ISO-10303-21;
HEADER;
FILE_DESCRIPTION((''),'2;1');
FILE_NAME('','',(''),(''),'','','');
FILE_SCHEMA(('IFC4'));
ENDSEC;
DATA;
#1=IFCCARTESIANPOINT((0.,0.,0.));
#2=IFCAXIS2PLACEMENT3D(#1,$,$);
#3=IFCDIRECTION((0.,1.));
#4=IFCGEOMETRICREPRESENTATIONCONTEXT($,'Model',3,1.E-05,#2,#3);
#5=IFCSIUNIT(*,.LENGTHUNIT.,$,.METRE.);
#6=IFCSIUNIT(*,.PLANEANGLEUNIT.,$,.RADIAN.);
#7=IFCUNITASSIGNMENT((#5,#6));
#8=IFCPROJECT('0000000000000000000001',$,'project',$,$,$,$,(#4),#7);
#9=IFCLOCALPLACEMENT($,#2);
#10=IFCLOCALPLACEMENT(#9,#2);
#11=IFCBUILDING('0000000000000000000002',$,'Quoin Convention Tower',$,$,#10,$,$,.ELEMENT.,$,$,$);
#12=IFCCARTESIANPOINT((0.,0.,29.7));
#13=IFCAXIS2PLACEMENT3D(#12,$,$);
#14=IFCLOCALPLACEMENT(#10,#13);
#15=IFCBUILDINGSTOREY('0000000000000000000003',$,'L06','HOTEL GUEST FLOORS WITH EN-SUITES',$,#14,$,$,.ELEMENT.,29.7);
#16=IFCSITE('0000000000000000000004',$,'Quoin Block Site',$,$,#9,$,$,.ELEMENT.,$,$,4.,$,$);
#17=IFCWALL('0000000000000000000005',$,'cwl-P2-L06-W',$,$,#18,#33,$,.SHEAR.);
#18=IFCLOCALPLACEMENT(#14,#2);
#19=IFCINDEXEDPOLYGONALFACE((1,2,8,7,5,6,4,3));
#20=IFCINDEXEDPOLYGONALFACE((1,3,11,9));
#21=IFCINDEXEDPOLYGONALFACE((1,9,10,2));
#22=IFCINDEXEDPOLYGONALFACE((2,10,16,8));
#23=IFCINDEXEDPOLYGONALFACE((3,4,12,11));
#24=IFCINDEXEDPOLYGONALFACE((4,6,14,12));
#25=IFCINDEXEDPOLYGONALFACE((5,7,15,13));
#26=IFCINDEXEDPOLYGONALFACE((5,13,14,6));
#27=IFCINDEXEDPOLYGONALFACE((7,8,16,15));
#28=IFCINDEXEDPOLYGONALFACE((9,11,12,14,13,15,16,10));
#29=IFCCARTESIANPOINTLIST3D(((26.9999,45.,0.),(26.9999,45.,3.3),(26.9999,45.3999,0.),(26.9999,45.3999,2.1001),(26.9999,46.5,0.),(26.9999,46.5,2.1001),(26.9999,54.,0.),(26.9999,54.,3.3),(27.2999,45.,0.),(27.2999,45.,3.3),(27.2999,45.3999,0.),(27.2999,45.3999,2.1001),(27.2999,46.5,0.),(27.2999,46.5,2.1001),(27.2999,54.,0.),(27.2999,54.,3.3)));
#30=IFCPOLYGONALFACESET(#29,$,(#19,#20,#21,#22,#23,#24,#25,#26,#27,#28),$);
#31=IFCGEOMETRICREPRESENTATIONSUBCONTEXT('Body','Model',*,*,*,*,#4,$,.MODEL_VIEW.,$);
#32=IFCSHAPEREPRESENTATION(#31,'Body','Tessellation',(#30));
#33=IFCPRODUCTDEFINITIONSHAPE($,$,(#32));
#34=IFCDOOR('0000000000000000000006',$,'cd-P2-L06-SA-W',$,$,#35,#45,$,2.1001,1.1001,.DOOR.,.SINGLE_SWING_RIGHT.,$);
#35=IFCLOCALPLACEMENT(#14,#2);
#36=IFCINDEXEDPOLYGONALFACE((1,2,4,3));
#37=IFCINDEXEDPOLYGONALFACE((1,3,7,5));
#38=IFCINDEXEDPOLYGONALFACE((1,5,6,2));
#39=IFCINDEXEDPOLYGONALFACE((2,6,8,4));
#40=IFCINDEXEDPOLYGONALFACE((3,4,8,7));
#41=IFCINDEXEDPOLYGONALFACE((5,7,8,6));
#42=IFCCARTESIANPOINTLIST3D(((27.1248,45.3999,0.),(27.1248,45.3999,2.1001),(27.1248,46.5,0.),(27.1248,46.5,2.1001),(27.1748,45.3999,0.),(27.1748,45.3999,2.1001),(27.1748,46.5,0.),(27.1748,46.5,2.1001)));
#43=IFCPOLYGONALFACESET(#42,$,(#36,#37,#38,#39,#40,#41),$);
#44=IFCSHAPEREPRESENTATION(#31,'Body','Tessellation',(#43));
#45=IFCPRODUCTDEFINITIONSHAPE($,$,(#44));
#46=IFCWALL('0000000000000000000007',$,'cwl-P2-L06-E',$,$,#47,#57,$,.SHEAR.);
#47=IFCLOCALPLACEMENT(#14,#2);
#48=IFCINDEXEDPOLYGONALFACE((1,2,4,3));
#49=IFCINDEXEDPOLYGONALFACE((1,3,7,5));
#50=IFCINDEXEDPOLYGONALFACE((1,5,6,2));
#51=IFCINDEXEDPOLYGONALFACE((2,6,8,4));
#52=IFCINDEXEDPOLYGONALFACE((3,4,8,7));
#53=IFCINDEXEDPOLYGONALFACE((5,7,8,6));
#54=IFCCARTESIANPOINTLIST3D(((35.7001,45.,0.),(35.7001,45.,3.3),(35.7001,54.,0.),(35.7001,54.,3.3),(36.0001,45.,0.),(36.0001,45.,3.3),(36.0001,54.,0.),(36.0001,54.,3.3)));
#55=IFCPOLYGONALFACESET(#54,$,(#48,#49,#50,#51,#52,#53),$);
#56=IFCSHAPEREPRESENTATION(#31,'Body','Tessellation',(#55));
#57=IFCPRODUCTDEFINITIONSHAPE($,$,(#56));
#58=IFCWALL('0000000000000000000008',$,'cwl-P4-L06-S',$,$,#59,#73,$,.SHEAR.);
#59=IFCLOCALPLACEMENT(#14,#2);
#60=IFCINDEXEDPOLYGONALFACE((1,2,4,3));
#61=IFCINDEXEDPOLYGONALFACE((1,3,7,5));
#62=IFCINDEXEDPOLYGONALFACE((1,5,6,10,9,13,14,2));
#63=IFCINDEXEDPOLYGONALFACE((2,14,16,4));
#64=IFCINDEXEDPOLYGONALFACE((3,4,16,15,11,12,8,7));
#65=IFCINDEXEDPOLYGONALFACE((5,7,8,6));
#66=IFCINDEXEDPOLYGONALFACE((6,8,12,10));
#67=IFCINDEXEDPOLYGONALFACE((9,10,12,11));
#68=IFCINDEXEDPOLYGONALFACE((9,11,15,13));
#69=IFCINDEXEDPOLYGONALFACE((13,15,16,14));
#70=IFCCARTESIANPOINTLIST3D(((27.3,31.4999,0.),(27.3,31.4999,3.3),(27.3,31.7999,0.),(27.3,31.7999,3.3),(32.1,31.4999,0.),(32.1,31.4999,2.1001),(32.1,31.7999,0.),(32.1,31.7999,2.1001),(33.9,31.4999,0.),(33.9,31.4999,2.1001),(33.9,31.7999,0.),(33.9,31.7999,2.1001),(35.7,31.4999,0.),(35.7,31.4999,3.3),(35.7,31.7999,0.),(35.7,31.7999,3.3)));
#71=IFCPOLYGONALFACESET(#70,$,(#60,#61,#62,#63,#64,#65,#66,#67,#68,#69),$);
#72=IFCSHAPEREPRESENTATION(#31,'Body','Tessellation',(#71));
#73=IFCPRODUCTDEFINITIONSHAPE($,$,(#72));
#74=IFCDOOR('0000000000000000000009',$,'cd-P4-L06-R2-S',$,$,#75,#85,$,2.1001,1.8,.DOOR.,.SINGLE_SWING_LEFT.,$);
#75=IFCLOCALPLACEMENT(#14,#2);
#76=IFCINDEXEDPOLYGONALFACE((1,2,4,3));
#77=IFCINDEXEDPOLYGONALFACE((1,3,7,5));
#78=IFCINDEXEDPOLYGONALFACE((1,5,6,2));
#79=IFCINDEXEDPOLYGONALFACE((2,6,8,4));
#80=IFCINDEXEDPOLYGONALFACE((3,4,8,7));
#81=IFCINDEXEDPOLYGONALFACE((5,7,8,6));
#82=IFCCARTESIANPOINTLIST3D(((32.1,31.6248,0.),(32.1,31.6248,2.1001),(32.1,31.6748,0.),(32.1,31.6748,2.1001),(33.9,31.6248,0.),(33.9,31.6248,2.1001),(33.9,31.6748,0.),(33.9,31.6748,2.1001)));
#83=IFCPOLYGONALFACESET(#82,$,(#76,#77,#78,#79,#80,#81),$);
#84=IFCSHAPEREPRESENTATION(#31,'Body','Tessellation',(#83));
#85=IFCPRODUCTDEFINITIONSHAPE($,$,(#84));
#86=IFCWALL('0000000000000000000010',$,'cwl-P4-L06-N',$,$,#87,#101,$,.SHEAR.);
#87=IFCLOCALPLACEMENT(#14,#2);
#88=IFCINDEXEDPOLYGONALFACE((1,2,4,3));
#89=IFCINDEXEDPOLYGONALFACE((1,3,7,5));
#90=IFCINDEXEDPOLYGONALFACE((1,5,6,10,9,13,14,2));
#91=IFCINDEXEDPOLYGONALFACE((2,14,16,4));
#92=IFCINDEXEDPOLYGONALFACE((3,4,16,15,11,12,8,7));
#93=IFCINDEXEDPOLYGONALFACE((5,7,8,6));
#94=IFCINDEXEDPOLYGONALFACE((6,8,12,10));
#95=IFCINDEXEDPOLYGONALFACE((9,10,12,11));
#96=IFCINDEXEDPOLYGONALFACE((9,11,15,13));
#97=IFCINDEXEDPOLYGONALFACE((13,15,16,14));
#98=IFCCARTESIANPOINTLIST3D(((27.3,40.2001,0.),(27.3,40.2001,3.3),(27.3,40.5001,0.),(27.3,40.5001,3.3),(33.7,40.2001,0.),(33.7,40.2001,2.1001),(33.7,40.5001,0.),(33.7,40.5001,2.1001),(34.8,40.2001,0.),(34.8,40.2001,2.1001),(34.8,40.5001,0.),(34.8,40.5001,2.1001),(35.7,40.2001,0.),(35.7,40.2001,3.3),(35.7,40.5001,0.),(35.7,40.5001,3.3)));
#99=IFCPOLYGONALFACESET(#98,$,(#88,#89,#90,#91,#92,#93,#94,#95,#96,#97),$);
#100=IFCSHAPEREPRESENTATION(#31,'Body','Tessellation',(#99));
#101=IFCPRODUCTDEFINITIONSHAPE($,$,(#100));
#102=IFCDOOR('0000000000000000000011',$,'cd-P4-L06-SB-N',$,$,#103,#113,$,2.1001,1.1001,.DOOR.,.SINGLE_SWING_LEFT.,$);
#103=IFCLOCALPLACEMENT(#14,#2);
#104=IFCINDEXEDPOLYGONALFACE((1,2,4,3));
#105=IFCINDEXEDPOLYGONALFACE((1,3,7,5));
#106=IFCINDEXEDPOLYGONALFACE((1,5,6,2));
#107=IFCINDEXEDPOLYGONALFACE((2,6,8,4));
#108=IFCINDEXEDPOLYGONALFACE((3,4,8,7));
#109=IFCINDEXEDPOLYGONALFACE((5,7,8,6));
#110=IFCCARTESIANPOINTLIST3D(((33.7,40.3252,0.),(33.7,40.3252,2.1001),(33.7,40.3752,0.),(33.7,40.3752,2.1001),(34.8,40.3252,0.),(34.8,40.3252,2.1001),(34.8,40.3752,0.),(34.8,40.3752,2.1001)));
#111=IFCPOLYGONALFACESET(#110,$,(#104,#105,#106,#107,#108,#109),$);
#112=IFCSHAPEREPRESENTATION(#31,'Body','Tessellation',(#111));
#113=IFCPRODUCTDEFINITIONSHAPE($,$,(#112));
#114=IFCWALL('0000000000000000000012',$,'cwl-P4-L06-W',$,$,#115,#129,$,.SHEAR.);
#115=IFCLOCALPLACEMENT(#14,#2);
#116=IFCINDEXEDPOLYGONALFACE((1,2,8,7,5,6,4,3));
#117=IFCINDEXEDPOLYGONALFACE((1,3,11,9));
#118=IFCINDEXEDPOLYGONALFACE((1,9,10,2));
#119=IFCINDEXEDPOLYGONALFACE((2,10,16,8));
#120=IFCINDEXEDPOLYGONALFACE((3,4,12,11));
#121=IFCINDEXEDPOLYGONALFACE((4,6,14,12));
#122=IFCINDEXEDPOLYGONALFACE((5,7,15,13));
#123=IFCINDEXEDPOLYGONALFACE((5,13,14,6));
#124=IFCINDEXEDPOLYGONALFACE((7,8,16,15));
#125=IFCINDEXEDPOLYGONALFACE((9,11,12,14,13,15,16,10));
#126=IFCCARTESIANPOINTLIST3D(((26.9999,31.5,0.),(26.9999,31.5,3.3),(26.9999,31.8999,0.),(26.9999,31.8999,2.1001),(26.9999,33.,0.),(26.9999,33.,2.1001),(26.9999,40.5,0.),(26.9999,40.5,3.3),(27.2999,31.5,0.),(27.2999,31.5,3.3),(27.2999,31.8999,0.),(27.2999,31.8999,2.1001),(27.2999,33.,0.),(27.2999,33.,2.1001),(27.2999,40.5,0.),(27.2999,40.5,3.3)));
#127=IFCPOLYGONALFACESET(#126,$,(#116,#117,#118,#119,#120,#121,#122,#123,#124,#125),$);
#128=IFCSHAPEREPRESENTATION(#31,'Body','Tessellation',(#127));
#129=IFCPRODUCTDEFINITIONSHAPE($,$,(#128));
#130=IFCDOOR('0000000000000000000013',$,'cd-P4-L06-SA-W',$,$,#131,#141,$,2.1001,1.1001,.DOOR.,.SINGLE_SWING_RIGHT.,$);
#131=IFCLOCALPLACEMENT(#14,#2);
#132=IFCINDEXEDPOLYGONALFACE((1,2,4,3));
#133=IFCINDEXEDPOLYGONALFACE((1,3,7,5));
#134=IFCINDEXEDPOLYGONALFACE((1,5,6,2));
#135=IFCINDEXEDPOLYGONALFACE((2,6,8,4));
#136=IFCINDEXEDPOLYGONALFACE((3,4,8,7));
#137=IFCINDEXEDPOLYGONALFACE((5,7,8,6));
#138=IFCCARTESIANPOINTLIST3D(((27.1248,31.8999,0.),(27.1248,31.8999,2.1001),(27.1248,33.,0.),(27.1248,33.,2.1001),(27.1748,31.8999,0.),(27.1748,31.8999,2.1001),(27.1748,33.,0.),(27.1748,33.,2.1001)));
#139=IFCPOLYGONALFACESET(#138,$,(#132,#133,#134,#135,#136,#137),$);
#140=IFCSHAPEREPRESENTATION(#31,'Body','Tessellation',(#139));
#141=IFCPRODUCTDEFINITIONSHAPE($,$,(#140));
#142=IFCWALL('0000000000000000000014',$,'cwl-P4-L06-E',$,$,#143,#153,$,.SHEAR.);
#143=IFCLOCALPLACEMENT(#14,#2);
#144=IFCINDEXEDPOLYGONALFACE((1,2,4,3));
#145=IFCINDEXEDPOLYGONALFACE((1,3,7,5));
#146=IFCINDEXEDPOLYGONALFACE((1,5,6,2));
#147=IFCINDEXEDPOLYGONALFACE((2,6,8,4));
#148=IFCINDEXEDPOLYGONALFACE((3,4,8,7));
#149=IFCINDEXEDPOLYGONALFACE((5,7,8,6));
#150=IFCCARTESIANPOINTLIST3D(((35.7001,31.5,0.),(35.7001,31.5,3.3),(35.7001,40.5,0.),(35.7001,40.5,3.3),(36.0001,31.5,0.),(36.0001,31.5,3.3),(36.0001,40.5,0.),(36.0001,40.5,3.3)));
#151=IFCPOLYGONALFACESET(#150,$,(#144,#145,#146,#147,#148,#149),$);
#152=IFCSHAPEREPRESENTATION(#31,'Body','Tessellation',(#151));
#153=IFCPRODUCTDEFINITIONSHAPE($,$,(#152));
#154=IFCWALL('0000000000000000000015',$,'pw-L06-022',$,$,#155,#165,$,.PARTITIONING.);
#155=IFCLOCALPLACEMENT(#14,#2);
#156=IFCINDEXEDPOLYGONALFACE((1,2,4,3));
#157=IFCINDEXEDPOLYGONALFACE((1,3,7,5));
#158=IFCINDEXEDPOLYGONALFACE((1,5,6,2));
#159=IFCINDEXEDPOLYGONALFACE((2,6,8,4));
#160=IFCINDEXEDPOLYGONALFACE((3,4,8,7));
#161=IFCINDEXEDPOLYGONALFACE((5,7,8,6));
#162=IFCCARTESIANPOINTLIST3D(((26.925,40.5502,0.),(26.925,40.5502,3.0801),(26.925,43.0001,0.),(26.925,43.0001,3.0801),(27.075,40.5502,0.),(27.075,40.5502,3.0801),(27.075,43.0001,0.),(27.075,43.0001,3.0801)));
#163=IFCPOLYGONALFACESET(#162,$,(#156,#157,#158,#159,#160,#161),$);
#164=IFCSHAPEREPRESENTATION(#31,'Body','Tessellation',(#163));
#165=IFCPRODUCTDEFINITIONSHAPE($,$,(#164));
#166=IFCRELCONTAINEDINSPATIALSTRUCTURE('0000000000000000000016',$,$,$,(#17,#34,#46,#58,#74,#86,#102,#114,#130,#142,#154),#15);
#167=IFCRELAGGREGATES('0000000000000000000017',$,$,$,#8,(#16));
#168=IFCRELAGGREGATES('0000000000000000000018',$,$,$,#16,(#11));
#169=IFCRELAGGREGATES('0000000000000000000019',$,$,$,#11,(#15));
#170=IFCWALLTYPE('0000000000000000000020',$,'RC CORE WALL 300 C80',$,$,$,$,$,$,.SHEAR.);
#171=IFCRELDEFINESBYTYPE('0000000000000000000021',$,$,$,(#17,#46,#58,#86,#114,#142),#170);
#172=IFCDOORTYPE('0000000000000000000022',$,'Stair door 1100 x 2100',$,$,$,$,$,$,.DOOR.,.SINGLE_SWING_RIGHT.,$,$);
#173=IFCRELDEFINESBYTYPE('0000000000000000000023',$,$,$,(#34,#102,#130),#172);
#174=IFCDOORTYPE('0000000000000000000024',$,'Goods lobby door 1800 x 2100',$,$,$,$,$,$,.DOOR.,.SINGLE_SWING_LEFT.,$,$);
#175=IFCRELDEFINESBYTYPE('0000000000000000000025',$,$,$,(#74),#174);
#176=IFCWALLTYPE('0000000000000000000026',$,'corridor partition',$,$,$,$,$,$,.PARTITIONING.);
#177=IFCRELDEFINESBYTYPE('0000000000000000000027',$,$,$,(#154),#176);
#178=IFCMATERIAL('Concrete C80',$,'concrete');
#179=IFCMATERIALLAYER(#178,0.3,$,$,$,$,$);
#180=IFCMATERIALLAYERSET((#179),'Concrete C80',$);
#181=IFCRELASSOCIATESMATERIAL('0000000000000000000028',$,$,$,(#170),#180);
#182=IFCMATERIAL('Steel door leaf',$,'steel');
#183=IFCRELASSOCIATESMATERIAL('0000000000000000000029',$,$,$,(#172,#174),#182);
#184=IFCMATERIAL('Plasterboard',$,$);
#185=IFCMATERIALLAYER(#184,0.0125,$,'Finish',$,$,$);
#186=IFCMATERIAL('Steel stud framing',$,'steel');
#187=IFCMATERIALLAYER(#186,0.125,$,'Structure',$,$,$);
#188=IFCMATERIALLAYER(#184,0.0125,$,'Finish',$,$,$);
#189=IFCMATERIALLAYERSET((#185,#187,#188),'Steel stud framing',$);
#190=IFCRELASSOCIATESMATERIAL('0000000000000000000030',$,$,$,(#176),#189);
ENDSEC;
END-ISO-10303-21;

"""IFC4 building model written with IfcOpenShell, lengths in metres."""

from ifc_helpers import new_model, si_unit, direction, frame, frame_2d, origin, place, context, subcontext, project, spatial, rectangle, extrude, material, layer, layer_set, type_object, element, fill, save


model = new_model("IFC4")

# Units and contexts
model_context = context("Model", 3, precision=1e-05, world=origin(), true_north=direction((0.0, 1.0)))
body_context = subcontext(model_context, "Body", "Model", "MODEL_VIEW")
ifc_project = project(units=[si_unit("LENGTHUNIT", "METRE"), si_unit("PLANEANGLEUNIT", "RADIAN")], contexts=[model_context])

# Site, building, storey
site_placement = place(None, origin())
site = spatial("IfcSite", under=ifc_project, at=site_placement, Name="Quoin Block Site", CompositionType="ELEMENT", RefElevation=4.0)
building_placement = place(site_placement, origin())
building = spatial("IfcBuilding", under=site, at=building_placement, Name="Quoin Convention Tower", CompositionType="ELEMENT")
storey_placement = place(building_placement, frame((0.0, 0.0, 29.7)))
storey = spatial("IfcBuildingStorey", under=building, at=storey_placement, Name="L06", Description="HOTEL GUEST FLOORS WITH EN-SUITES", CompositionType="ELEMENT", Elevation=29.7)

# Shared definitions
ifc_material_1 = material(Name="Concrete C80", Category="concrete")

# Shared definitions
ifc_material_2 = material(Name="Steel door leaf", Category="steel")

# Wall, opening, door
ifc_layer_1 = layer(ifc_material_1, 0.3)
ifc_layer_set_1 = layer_set([ifc_layer_1], Name="Concrete C80")
wall_type_1 = type_object("IfcWallType", Name="RC CORE WALL 300 C80", PredefinedType="SHEAR", material=ifc_layer_set_1)
wall_1_placement = place(storey_placement, frame((27.1499, 45.0, 0.0), z_axis=(0.0, 0.0, 1.0), x_axis=(0.0, 1.0, 0.0)))
wall_1 = element("IfcWall", 1, at=wall_1_placement, inside=storey, type_object=wall_type_1, Name="cwl-P2-L06-W", PredefinedType="SHEAR", context=body_context, shape_type="SweptSolid", body=[
    extrude(rectangle(XDim=9.0, YDim=0.3, at=frame_2d((4.5, 0.0))), origin(), (0.0, 0.0, 1.0), 3.3),
])
opening_1_placement = place(wall_1_placement, frame((0.3999, 0.0, 0.0)))
opening_1 = element("IfcOpeningElement", 2, at=opening_1_placement, cuts=wall_1, PredefinedType="OPENING", context=body_context, shape_type="SweptSolid", body=[
    extrude(rectangle(XDim=1.1001, YDim=2.1001, at=frame_2d((0.55, 1.05))), frame((0.0, 0.1599, 0.0), z_axis=(0.0, -1.0, 0.0), x_axis=(1.0, 0.0, 0.0)), (0.0, 0.0, 1.0), 0.3201),
])
door_type_1 = type_object("IfcDoorType", Name="Stair door 1100 x 2100", OperationType="SINGLE_SWING_RIGHT", PredefinedType="DOOR", material=ifc_material_2)
door_1_placement = place(opening_1_placement, frame((1.1001, 0.0, 0.0), z_axis=(0.0, 0.0, 1.0), x_axis=(-1.0, 0.0, 0.0)))
door_1 = element("IfcDoor", 3, at=door_1_placement, inside=storey, type_object=door_type_1, Name="cd-P2-L06-SA-W", OperationType="SINGLE_SWING_RIGHT", OverallHeight=2.1001, OverallWidth=1.1001, PredefinedType="DOOR", context=body_context, shape_type="SweptSolid", body=[
    extrude(rectangle(XDim=1.1001, YDim=2.1001, at=frame_2d((0.55, 1.05))), frame((0.0, 0.0249, 0.0), z_axis=(0.0, -1.0, 0.0), x_axis=(1.0, 0.0, 0.0)), (0.0, 0.0, 1.0), 0.05),
])
fill(opening_1, door_1)

# Wall
wall_2_placement = place(storey_placement, frame((35.8501, 45.0, 0.0), z_axis=(0.0, 0.0, 1.0), x_axis=(0.0, 1.0, 0.0)))
element("IfcWall", 4, at=wall_2_placement, inside=storey, type_object=wall_type_1, Name="cwl-P2-L06-E", PredefinedType="SHEAR", context=body_context, shape_type="SweptSolid", body=[
    extrude(rectangle(XDim=9.0, YDim=0.3, at=frame_2d((4.5, 0.0))), origin(), (0.0, 0.0, 1.0), 3.3),
])

# Walls, openings, doors
wall_3_placement = place(storey_placement, frame((27.3, 31.6499, 0.0), z_axis=(0.0, 0.0, 1.0), x_axis=(1.0, 0.0, 0.0)))
wall_3 = element("IfcWall", 5, at=wall_3_placement, inside=storey, type_object=wall_type_1, Name="cwl-P4-L06-S", PredefinedType="SHEAR", context=body_context, shape_type="SweptSolid", body=[
    extrude(rectangle(XDim=8.3999, YDim=0.3, at=frame_2d((4.2, 0.0))), origin(), (0.0, 0.0, 1.0), 3.3),
])
opening_2_placement = place(wall_3_placement, frame((4.8, 0.0, 0.0)))
opening_2 = element("IfcOpeningElement", 6, at=opening_2_placement, cuts=wall_3, PredefinedType="OPENING", context=body_context, shape_type="SweptSolid", body=[
    extrude(rectangle(XDim=1.8, YDim=2.1001, at=frame_2d((0.8999, 1.05))), frame((0.0, 0.1599, 0.0), z_axis=(0.0, -1.0, 0.0), x_axis=(1.0, 0.0, 0.0)), (0.0, 0.0, 1.0), 0.3201),
])
door_type_2 = type_object("IfcDoorType", Name="Goods lobby door 1800 x 2100", OperationType="SINGLE_SWING_LEFT", PredefinedType="DOOR", material=ifc_material_2)
door_2_placement = place(opening_2_placement, origin())
door_2 = element("IfcDoor", 7, at=door_2_placement, inside=storey, type_object=door_type_2, Name="cd-P4-L06-R2-S", OperationType="SINGLE_SWING_LEFT", OverallHeight=2.1001, OverallWidth=1.8, PredefinedType="DOOR", context=body_context, shape_type="SweptSolid", body=[
    extrude(rectangle(XDim=1.8, YDim=2.1001, at=frame_2d((0.8999, 1.05))), frame((0.0, 0.0249, 0.0), z_axis=(0.0, -1.0, 0.0), x_axis=(1.0, 0.0, 0.0)), (0.0, 0.0, 1.0), 0.05),
])
fill(opening_2, door_2)
wall_4_placement = place(storey_placement, frame((27.3, 40.3501, 0.0), z_axis=(0.0, 0.0, 1.0), x_axis=(1.0, 0.0, 0.0)))
wall_4 = element("IfcWall", 8, at=wall_4_placement, inside=storey, type_object=wall_type_1, Name="cwl-P4-L06-N", PredefinedType="SHEAR", context=body_context, shape_type="SweptSolid", body=[
    extrude(rectangle(XDim=8.3999, YDim=0.3, at=frame_2d((4.2, 0.0))), origin(), (0.0, 0.0, 1.0), 3.3),
])
opening_3_placement = place(wall_4_placement, frame((6.3999, 0.0, 0.0)))
opening_3 = element("IfcOpeningElement", 9, at=opening_3_placement, cuts=wall_4, PredefinedType="OPENING", context=body_context, shape_type="SweptSolid", body=[
    extrude(rectangle(XDim=1.1001, YDim=2.1001, at=frame_2d((0.55, 1.05))), frame((0.0, 0.1599, 0.0), z_axis=(0.0, -1.0, 0.0), x_axis=(1.0, 0.0, 0.0)), (0.0, 0.0, 1.0), 0.3201),
])
door_3_placement = place(opening_3_placement, frame((1.1001, 0.0, 0.0), z_axis=(0.0, 0.0, 1.0), x_axis=(-1.0, 0.0, 0.0)))
door_3 = element("IfcDoor", 10, at=door_3_placement, inside=storey, type_object=door_type_1, Name="cd-P4-L06-SB-N", OperationType="SINGLE_SWING_LEFT", OverallHeight=2.1001, OverallWidth=1.1001, PredefinedType="DOOR", context=body_context, shape_type="SweptSolid", body=[
    extrude(rectangle(XDim=1.1001, YDim=2.1001, at=frame_2d((0.55, 1.05))), frame((0.0, 0.0249, 0.0), z_axis=(0.0, -1.0, 0.0), x_axis=(1.0, 0.0, 0.0)), (0.0, 0.0, 1.0), 0.05),
])
fill(opening_3, door_3)
wall_5_placement = place(storey_placement, frame((27.1499, 31.5, 0.0), z_axis=(0.0, 0.0, 1.0), x_axis=(0.0, 1.0, 0.0)))
wall_5 = element("IfcWall", 11, at=wall_5_placement, inside=storey, type_object=wall_type_1, Name="cwl-P4-L06-W", PredefinedType="SHEAR", context=body_context, shape_type="SweptSolid", body=[
    extrude(rectangle(XDim=9.0, YDim=0.3, at=frame_2d((4.5, 0.0))), origin(), (0.0, 0.0, 1.0), 3.3),
])
opening_4_placement = place(wall_5_placement, frame((0.3999, 0.0, 0.0)))
opening_4 = element("IfcOpeningElement", 12, at=opening_4_placement, cuts=wall_5, PredefinedType="OPENING", context=body_context, shape_type="SweptSolid", body=[
    extrude(rectangle(XDim=1.1001, YDim=2.1001, at=frame_2d((0.55, 1.05))), frame((0.0, 0.1599, 0.0), z_axis=(0.0, -1.0, 0.0), x_axis=(1.0, 0.0, 0.0)), (0.0, 0.0, 1.0), 0.3201),
])
door_4_placement = place(opening_4_placement, frame((1.1001, 0.0, 0.0), z_axis=(0.0, 0.0, 1.0), x_axis=(-1.0, 0.0, 0.0)))
door_4 = element("IfcDoor", 13, at=door_4_placement, inside=storey, type_object=door_type_1, Name="cd-P4-L06-SA-W", OperationType="SINGLE_SWING_RIGHT", OverallHeight=2.1001, OverallWidth=1.1001, PredefinedType="DOOR", context=body_context, shape_type="SweptSolid", body=[
    extrude(rectangle(XDim=1.1001, YDim=2.1001, at=frame_2d((0.55, 1.05))), frame((0.0, 0.0249, 0.0), z_axis=(0.0, -1.0, 0.0), x_axis=(1.0, 0.0, 0.0)), (0.0, 0.0, 1.0), 0.05),
])
fill(opening_4, door_4)

# Walls
wall_6_placement = place(storey_placement, frame((35.8501, 31.5, 0.0), z_axis=(0.0, 0.0, 1.0), x_axis=(0.0, 1.0, 0.0)))
element("IfcWall", 14, at=wall_6_placement, inside=storey, type_object=wall_type_1, Name="cwl-P4-L06-E", PredefinedType="SHEAR", context=body_context, shape_type="SweptSolid", body=[
    extrude(rectangle(XDim=9.0, YDim=0.3, at=frame_2d((4.5, 0.0))), origin(), (0.0, 0.0, 1.0), 3.3),
])
ifc_material_3 = material(Name="Plasterboard")
ifc_layer_2 = layer(ifc_material_3, 0.0125, Name="Finish")
ifc_material_4 = material(Name="Steel stud framing", Category="steel")
ifc_layer_3 = layer(ifc_material_4, 0.125, Name="Structure")
ifc_layer_4 = layer(ifc_material_3, 0.0125, Name="Finish")
ifc_layer_set_2 = layer_set([ifc_layer_2, ifc_layer_3, ifc_layer_4], Name="Steel stud framing")
wall_type_2 = type_object("IfcWallType", Name="corridor partition", PredefinedType="PARTITIONING", material=ifc_layer_set_2)
wall_7_placement = place(storey_placement, frame((27.0, 40.55, 0.0), z_axis=(0.0, 0.0, 1.0), x_axis=(0.0, 1.0, 0.0)))
element("IfcWall", 15, at=wall_7_placement, inside=storey, type_object=wall_type_2, Name="pw-L06-022", PredefinedType="PARTITIONING", context=body_context, shape_type="SweptSolid", body=[
    extrude(rectangle(XDim=2.45, YDim=0.1499, at=frame_2d((1.2251, 0.0))), origin(), (0.0, 0.0, 1.0), 3.0801),
])

save(model, "model.ifc")
